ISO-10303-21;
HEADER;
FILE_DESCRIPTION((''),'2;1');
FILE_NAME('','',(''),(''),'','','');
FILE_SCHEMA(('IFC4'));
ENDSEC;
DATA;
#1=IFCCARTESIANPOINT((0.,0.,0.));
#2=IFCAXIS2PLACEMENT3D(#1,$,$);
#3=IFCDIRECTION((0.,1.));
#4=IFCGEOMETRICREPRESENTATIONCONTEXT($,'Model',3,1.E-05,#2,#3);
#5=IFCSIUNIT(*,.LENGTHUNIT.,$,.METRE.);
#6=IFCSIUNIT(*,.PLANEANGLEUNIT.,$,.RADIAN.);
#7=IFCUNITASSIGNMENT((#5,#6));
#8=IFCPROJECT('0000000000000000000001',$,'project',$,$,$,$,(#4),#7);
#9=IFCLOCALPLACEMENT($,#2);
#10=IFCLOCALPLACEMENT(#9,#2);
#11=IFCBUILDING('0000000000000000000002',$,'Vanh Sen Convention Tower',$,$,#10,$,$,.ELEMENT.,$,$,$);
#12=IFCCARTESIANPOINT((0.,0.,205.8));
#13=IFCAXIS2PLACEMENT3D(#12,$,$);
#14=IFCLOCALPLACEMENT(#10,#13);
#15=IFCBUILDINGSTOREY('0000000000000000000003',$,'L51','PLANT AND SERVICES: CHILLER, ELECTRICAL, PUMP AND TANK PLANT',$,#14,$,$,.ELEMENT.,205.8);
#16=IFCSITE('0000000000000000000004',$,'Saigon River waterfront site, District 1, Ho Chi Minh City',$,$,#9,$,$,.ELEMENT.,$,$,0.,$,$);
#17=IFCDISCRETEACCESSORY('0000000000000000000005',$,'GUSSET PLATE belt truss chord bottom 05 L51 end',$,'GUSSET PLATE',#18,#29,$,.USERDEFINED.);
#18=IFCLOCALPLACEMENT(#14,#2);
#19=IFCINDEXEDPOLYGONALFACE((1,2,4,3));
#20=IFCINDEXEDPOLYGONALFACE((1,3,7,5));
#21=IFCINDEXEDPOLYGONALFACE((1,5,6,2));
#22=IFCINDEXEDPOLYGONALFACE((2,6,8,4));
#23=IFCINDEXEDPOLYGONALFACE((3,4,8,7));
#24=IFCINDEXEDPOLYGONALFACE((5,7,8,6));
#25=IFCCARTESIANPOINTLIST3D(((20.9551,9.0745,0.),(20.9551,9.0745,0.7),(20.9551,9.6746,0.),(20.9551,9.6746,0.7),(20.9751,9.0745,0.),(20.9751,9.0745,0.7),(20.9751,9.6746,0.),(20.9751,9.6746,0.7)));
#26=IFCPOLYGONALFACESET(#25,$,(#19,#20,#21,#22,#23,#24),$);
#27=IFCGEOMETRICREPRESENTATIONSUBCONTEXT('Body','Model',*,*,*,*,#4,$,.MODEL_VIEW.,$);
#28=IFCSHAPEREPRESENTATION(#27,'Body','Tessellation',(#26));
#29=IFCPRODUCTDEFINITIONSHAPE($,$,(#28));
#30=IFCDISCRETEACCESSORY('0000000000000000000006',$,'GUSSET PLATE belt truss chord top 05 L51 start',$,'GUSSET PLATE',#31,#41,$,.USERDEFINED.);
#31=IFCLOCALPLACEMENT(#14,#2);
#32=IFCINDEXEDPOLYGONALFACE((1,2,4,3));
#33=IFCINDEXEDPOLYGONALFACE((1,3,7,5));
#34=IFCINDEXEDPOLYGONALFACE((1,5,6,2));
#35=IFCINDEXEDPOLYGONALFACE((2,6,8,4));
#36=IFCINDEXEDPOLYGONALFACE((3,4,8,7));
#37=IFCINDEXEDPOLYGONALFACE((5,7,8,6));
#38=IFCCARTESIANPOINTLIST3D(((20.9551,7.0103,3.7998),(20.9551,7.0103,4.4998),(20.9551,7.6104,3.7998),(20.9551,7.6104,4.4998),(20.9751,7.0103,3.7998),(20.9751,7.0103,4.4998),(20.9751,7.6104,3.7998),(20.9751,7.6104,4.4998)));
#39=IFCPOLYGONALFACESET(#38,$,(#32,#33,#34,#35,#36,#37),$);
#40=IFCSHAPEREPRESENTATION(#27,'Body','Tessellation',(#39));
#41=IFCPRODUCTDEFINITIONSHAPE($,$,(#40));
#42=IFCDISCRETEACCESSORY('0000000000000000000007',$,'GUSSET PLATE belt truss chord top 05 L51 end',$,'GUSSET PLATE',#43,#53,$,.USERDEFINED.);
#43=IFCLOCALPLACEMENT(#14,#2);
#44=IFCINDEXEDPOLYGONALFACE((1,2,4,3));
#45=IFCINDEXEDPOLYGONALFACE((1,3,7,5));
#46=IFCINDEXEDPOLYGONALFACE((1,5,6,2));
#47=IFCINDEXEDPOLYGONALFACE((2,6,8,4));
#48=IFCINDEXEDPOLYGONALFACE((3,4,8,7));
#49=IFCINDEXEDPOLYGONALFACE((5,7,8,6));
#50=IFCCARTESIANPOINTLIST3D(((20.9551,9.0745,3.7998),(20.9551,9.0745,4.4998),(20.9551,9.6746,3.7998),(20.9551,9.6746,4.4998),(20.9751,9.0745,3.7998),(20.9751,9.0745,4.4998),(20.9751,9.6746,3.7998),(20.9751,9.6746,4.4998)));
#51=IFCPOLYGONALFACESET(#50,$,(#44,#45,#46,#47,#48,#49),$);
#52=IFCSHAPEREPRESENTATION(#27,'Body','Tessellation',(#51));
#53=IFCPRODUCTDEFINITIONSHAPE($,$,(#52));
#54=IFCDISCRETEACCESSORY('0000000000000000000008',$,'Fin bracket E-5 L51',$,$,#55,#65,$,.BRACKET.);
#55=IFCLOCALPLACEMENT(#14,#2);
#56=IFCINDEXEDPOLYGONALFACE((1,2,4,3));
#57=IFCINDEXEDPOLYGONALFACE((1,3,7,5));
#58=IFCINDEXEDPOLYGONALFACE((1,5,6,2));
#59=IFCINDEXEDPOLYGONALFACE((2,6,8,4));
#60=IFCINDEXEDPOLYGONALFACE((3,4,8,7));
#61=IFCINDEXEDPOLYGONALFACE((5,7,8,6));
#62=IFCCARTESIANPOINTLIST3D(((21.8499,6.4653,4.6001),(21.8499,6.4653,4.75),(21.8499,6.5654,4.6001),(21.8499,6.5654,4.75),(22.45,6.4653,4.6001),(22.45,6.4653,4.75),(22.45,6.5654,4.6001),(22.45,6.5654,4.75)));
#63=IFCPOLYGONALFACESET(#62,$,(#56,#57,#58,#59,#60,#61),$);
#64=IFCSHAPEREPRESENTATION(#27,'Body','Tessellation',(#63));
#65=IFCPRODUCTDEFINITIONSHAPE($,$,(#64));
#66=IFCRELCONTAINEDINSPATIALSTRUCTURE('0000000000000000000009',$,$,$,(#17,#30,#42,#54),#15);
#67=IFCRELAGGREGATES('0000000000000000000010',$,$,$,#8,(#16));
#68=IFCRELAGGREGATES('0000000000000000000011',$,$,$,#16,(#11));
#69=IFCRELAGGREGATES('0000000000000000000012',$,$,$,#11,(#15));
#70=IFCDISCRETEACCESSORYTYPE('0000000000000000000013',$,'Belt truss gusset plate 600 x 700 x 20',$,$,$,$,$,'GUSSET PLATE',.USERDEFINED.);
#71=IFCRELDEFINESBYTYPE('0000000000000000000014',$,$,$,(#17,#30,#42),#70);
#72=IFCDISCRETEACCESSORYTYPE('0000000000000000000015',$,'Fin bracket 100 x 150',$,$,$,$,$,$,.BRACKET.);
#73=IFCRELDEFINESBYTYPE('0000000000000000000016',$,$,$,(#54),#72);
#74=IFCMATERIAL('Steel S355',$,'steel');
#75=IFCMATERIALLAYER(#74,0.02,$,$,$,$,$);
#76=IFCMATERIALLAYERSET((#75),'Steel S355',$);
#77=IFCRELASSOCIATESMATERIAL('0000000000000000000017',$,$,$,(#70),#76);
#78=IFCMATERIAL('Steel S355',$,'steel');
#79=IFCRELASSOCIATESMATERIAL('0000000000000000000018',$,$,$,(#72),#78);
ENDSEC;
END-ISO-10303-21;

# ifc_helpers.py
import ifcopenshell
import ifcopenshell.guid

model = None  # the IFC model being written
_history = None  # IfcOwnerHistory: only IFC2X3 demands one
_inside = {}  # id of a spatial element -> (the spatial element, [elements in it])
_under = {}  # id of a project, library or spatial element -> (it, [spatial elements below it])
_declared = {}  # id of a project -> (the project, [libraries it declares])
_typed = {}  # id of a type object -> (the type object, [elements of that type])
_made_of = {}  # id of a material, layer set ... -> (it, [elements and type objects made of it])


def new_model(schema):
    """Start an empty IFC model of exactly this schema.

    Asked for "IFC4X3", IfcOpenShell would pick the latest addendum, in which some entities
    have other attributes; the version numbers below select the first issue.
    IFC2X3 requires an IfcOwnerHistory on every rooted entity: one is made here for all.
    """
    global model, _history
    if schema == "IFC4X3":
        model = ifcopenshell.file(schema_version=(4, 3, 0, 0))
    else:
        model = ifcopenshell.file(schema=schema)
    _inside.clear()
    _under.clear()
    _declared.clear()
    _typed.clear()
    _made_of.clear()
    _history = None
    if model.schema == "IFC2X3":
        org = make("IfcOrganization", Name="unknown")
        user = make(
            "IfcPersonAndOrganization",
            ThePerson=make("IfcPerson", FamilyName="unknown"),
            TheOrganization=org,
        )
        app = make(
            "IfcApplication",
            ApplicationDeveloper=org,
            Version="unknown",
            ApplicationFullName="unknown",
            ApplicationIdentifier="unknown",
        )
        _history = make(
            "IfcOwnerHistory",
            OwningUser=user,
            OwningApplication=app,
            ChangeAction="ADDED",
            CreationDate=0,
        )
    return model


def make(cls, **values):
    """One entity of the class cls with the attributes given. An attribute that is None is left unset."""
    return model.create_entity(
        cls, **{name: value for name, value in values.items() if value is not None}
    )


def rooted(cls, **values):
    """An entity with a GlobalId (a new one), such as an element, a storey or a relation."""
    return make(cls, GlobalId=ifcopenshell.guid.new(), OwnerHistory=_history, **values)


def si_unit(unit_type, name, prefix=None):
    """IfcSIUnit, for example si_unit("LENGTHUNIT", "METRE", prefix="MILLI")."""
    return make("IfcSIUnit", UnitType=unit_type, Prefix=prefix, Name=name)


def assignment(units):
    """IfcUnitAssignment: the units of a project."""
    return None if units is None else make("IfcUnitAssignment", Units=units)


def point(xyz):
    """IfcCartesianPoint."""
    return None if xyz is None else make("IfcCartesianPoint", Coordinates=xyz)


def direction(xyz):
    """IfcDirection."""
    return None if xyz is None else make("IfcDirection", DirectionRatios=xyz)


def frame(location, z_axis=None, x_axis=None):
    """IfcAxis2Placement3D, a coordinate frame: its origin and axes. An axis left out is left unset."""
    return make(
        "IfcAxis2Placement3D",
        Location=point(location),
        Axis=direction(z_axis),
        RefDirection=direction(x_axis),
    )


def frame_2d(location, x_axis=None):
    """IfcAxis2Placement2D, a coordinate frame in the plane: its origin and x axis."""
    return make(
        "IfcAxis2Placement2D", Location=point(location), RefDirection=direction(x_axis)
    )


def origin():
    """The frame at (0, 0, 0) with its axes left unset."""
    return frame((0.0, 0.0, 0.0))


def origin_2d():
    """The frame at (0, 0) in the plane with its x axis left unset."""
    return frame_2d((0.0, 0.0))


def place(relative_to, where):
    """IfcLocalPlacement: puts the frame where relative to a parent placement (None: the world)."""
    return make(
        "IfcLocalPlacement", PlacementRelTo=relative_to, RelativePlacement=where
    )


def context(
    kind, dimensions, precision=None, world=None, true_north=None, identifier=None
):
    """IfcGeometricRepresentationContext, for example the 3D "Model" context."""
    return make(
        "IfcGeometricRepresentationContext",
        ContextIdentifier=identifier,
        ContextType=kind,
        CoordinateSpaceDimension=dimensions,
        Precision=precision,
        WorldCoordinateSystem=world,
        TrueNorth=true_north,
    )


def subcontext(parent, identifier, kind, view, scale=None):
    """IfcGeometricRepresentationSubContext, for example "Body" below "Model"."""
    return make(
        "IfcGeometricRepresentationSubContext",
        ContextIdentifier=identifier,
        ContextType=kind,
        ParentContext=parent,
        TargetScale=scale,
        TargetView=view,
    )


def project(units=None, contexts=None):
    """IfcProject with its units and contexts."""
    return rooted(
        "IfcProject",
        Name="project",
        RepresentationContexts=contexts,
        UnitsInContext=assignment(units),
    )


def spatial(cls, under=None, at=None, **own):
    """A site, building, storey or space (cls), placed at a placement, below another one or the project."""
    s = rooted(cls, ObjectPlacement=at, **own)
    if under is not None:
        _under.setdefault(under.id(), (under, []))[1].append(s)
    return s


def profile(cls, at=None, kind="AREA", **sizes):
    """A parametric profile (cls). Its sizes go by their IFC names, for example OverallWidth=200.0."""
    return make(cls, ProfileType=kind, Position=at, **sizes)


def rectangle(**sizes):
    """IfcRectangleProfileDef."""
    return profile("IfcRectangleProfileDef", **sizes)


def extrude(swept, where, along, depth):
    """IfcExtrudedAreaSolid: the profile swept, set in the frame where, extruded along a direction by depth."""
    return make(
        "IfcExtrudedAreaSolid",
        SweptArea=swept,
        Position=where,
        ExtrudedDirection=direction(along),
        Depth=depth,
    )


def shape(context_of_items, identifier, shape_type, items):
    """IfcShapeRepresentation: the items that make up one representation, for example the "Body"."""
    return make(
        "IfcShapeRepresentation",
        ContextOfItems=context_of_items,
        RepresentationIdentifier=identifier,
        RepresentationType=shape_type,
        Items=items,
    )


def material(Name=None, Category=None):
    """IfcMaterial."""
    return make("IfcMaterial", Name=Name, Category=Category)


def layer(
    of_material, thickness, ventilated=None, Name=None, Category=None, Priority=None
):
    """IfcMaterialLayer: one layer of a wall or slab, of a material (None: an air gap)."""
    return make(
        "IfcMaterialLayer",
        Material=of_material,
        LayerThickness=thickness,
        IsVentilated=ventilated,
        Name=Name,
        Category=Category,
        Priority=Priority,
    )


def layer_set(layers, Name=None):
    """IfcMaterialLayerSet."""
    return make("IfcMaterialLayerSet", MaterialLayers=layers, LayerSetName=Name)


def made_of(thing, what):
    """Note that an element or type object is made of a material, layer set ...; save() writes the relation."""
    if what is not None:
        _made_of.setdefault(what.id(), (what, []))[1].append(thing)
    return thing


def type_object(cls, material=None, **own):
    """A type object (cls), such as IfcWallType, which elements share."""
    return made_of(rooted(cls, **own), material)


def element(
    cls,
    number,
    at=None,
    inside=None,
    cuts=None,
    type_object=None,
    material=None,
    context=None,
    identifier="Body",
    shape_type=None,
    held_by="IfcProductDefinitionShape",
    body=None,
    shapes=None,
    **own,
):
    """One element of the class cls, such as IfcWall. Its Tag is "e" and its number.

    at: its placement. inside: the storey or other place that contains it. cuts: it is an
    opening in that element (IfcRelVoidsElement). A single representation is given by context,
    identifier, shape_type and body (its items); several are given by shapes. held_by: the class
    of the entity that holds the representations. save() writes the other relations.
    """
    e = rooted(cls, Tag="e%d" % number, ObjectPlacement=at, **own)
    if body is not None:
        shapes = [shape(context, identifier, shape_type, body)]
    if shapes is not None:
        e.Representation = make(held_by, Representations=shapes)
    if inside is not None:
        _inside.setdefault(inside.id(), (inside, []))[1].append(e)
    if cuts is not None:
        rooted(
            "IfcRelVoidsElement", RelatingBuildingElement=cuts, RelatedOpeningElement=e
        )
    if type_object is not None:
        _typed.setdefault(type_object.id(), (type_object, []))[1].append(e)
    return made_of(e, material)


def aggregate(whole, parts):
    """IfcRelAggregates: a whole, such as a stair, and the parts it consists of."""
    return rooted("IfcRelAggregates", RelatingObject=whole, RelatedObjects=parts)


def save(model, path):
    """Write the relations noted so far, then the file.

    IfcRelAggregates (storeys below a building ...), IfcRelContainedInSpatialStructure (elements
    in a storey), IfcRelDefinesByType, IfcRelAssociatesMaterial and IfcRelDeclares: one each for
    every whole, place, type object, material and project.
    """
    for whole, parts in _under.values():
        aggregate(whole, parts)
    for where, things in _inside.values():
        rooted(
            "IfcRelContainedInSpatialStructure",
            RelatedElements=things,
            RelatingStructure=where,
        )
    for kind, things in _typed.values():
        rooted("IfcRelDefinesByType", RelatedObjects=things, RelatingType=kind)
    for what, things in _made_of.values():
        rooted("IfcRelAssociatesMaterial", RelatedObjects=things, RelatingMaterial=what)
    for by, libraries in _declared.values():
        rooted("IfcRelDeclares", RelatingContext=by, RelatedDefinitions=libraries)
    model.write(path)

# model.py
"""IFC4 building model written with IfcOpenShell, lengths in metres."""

from ifc_helpers import new_model, si_unit, direction, frame, origin, origin_2d, place, context, subcontext, project, spatial, rectangle, extrude, material, layer, layer_set, type_object, element, save


model = new_model("IFC4")

# Units and contexts
model_context = context("Model", 3, precision=1e-05, world=origin(), true_north=direction((0.0, 1.0)))
body_context = subcontext(model_context, "Body", "Model", "MODEL_VIEW")
ifc_project = project(units=[si_unit("LENGTHUNIT", "METRE"), si_unit("PLANEANGLEUNIT", "RADIAN")], contexts=[model_context])

# Site, building, storey
site_placement = place(None, origin())
site = spatial("IfcSite", under=ifc_project, at=site_placement, Name="Saigon River waterfront site, District 1, Ho Chi Minh City", CompositionType="ELEMENT", RefElevation=0.0)
building_placement = place(site_placement, origin())
building = spatial("IfcBuilding", under=site, at=building_placement, Name="Vanh Sen Convention Tower", CompositionType="ELEMENT")
storey_placement = place(building_placement, frame((0.0, 0.0, 205.8)))
storey = spatial("IfcBuildingStorey", under=building, at=storey_placement, Name="L51", Description="PLANT AND SERVICES: CHILLER, ELECTRICAL, PUMP AND TANK PLANT", CompositionType="ELEMENT", Elevation=205.8)

# Shared definitions
ifc_material_1 = material(Name="Steel S355", Category="steel")

# Discrete accessories
ifc_layer_1 = layer(ifc_material_1, 0.02)
ifc_layer_set_1 = layer_set([ifc_layer_1], Name="Steel S355")
discrete_accessory_type_1 = type_object("IfcDiscreteAccessoryType", Name="Belt truss gusset plate 600 x 700 x 20", ElementType="GUSSET PLATE", PredefinedType="USERDEFINED", material=ifc_layer_set_1)
for number, where, z_axis, x_axis, name in (
    (1, (20.9651, 9.3745, 0.0), (0.0, 0.0, 1.0), (0.0, -1.0, 0.0), "GUSSET PLATE belt truss chord bottom 05 L51 end"),
    (2, (20.9651, 7.3103, 3.7998), (0.0, 0.0, 1.0), (0.0, 1.0, 0.0), "GUSSET PLATE belt truss chord top 05 L51 start"),
    (3, (20.9651, 9.3745, 3.7998), (0.0, 0.0, 1.0), (0.0, -1.0, 0.0), "GUSSET PLATE belt truss chord top 05 L51 end"),
):
    element("IfcDiscreteAccessory", number, at=place(storey_placement, frame(where, z_axis=z_axis, x_axis=x_axis)), inside=storey, type_object=discrete_accessory_type_1, Name=name, ObjectType="GUSSET PLATE", PredefinedType="USERDEFINED", context=body_context, shape_type="SweptSolid", body=[
        extrude(rectangle(XDim=0.6001, YDim=0.02, at=origin_2d()), origin(), (0.0, 0.0, 1.0), 0.7),
    ])
ifc_material_2 = material(Name="Steel S355", Category="steel")
discrete_accessory_type_2 = type_object("IfcDiscreteAccessoryType", Name="Fin bracket 100 x 150", PredefinedType="BRACKET", material=ifc_material_2)
discrete_accessory_placement = place(storey_placement, frame((22.1499, 6.5154, 4.6001), z_axis=(0.0, 0.0, 1.0), x_axis=(1.0, 0.0, 0.0)))
element("IfcDiscreteAccessory", 4, at=discrete_accessory_placement, inside=storey, type_object=discrete_accessory_type_2, Name="Fin bracket E-5 L51", PredefinedType="BRACKET", context=body_context, shape_type="SweptSolid", body=[
    extrude(rectangle(XDim=0.6001, YDim=0.1001, at=origin_2d()), origin(), (0.0, 0.0, 1.0), 0.1499),
])

save(model, "model.ifc")
